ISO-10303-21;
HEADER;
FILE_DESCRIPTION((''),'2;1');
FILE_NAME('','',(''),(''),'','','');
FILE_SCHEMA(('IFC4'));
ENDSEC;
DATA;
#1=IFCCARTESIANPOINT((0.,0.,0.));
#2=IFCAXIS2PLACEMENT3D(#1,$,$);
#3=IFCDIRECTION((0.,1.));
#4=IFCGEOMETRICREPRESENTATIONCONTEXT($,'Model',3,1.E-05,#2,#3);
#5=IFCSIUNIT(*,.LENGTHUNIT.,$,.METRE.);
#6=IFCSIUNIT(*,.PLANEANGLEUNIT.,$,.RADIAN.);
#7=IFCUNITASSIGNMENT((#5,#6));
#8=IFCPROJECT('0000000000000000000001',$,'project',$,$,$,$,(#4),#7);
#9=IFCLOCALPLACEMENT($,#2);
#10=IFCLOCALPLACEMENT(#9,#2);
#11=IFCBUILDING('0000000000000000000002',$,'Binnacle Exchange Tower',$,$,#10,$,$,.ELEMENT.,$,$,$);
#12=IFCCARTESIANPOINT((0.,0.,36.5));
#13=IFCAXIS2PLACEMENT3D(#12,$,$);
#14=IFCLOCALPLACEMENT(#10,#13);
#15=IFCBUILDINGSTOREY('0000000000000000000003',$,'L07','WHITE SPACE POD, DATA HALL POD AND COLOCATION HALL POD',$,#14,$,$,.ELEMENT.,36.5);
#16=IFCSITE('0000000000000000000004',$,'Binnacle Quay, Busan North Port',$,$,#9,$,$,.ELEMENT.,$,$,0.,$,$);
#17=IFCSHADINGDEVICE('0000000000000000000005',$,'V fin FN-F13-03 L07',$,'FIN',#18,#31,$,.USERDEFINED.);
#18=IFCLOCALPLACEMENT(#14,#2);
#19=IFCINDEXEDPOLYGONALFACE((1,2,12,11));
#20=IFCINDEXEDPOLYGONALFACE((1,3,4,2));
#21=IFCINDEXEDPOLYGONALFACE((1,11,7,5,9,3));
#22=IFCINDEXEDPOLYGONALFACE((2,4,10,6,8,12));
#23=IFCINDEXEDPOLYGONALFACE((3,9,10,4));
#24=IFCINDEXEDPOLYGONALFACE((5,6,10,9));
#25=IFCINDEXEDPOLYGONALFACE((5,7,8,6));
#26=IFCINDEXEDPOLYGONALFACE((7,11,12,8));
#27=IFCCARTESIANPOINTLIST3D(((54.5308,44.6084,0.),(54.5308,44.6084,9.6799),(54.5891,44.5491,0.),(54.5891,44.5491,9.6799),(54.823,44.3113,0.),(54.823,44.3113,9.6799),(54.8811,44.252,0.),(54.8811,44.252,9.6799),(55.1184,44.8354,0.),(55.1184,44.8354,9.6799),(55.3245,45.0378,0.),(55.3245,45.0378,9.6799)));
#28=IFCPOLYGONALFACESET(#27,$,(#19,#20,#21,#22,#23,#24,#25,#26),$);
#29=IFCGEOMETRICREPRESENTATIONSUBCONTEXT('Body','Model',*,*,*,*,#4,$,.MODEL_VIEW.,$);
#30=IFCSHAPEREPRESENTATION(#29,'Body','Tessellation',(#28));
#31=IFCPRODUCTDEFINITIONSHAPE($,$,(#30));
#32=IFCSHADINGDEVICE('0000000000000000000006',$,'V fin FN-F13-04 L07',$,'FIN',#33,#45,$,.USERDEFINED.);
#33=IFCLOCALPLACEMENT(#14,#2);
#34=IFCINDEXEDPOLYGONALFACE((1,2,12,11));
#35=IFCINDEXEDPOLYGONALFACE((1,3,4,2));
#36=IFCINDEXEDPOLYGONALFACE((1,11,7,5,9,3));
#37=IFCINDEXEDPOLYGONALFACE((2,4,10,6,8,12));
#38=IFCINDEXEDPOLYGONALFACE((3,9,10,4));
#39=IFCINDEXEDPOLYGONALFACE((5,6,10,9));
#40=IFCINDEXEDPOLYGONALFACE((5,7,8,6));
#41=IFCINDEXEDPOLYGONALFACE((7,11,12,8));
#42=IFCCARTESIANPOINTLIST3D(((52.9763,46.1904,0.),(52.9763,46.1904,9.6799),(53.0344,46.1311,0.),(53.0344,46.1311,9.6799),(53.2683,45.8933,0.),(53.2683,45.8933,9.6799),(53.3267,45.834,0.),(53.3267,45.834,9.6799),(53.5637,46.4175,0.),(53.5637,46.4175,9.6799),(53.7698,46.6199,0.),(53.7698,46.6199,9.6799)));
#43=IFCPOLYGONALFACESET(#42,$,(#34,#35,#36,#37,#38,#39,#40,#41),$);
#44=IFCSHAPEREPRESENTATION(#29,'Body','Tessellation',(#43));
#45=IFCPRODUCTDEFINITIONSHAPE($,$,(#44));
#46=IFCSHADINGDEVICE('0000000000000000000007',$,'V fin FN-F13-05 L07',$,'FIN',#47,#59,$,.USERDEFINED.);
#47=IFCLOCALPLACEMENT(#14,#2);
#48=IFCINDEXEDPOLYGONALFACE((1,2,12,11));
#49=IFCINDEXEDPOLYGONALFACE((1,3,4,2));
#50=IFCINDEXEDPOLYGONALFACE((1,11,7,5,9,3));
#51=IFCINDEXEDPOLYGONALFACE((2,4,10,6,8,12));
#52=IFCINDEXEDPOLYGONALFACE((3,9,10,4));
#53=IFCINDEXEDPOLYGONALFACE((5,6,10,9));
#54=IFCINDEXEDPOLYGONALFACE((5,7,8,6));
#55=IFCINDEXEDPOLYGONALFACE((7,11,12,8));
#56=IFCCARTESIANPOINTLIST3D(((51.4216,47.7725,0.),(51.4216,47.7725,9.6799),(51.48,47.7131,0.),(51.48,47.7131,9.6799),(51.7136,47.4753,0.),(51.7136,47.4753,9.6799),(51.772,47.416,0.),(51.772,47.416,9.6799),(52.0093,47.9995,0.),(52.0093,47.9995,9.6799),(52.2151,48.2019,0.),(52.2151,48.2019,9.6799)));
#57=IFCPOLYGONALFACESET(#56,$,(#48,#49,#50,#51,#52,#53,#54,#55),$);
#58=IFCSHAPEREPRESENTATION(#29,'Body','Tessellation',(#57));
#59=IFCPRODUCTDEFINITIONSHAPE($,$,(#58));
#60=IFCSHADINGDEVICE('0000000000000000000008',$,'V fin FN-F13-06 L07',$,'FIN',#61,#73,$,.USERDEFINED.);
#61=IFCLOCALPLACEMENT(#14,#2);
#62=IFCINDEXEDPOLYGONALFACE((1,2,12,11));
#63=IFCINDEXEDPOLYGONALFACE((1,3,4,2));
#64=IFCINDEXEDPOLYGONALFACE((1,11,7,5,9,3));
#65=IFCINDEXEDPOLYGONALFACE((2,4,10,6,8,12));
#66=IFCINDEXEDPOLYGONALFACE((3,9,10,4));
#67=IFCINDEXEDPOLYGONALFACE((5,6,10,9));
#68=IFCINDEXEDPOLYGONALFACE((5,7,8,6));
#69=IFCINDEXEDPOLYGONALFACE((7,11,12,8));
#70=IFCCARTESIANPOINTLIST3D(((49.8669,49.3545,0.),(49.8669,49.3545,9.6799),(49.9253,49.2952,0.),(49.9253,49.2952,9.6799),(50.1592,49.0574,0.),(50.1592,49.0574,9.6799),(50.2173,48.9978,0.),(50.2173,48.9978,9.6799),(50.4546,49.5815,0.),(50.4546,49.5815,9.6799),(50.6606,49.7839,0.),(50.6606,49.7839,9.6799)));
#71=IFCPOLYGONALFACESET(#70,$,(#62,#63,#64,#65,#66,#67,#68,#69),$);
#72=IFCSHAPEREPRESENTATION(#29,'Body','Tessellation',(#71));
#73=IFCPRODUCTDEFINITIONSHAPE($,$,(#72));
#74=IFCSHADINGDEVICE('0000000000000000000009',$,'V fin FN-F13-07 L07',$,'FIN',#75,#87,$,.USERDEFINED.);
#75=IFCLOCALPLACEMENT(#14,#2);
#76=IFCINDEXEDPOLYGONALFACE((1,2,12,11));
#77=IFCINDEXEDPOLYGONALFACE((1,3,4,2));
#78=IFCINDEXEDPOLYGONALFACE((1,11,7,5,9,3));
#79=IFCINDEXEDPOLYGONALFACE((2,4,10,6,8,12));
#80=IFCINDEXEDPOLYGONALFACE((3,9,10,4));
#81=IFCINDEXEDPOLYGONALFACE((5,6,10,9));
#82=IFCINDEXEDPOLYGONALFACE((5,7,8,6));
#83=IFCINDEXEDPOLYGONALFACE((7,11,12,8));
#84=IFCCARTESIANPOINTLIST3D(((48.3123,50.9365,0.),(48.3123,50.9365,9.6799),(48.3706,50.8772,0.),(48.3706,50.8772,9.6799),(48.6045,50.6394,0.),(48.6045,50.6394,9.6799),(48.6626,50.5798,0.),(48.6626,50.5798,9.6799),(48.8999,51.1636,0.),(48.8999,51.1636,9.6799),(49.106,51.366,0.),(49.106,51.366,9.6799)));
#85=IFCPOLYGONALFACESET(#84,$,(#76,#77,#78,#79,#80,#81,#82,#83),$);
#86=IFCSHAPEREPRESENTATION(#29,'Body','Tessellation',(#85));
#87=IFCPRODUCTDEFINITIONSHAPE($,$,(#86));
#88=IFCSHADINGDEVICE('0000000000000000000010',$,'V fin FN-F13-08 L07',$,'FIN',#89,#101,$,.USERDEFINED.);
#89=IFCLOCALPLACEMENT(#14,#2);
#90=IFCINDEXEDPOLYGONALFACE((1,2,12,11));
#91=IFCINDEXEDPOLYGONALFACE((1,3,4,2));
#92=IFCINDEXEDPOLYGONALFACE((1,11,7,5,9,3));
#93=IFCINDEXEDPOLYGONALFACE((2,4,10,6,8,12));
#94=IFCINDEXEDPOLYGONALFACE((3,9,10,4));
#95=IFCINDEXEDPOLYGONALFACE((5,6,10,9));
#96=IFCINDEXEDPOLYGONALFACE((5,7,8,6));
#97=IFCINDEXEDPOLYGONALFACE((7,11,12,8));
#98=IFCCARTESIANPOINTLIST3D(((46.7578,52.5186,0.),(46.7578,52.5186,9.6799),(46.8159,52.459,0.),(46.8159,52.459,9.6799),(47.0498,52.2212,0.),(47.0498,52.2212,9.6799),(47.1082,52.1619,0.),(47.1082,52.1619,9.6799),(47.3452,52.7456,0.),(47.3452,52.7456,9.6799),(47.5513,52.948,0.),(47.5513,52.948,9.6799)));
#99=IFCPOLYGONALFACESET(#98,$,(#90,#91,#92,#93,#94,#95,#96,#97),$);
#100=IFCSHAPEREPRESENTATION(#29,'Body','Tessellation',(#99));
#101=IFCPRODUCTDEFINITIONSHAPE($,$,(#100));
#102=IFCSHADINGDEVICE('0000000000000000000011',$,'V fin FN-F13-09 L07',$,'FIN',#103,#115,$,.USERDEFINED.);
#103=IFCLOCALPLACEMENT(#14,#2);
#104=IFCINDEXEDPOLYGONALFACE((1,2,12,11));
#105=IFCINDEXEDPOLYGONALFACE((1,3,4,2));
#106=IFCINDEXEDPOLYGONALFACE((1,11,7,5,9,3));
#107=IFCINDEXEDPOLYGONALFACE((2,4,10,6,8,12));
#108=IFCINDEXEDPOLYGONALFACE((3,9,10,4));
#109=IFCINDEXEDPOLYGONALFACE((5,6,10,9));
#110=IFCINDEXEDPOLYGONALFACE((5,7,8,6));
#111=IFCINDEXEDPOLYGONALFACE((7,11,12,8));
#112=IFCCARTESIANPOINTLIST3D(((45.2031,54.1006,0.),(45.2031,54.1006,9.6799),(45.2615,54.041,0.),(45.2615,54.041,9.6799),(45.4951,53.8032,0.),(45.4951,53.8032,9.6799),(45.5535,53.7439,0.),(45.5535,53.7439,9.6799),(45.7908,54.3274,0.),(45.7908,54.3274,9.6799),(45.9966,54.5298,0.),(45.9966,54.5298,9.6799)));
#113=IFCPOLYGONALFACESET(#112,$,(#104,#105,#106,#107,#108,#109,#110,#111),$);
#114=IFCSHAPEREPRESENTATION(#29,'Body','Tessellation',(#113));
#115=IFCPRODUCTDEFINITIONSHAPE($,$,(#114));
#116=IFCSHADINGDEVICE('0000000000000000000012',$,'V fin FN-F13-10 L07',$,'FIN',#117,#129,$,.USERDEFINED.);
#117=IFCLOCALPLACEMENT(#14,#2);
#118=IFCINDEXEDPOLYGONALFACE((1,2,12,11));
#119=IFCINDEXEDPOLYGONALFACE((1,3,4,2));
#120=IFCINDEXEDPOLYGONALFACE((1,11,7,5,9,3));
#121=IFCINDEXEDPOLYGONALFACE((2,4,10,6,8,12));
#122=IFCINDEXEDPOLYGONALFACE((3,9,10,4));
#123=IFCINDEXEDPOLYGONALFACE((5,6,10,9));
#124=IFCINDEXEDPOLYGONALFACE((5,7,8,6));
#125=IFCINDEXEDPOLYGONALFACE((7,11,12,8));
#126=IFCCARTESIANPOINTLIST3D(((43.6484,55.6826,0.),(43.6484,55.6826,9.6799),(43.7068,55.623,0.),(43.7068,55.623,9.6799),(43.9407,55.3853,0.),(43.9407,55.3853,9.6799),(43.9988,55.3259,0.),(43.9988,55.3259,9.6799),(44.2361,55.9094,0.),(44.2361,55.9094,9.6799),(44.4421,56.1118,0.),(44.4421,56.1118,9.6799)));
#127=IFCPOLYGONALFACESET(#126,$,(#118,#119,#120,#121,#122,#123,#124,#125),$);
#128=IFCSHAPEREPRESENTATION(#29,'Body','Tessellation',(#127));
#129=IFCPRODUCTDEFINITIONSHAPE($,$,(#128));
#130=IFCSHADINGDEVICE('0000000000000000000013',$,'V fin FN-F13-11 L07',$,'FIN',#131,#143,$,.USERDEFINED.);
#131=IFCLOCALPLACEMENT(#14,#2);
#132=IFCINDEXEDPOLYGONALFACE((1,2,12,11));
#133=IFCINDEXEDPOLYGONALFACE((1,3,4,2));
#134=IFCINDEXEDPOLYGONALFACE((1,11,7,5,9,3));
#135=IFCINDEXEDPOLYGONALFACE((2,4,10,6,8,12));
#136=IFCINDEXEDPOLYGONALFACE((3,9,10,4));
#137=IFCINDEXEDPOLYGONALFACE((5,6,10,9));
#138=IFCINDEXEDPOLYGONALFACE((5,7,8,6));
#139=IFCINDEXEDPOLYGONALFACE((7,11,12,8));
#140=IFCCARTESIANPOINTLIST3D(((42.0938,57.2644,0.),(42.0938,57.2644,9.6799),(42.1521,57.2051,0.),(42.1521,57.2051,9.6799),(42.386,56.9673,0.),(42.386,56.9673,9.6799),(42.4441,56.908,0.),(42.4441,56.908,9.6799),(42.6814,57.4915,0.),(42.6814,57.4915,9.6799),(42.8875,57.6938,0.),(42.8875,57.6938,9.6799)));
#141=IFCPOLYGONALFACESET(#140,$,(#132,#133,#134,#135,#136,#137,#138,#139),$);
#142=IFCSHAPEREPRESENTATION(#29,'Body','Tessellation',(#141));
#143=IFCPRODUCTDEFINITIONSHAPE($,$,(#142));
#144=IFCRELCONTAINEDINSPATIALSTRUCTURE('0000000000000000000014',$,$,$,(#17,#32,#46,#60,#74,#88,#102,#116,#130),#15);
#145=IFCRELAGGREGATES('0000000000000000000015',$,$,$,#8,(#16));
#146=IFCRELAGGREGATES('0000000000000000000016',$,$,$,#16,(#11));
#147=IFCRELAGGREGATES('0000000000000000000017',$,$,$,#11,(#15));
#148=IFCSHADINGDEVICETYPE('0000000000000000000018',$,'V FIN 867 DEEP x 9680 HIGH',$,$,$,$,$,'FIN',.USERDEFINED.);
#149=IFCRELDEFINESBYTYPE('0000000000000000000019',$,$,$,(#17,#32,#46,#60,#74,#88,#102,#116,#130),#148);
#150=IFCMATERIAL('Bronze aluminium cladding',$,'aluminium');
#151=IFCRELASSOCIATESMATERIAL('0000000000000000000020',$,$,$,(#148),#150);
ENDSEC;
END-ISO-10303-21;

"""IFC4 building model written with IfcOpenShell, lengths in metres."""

from ifc_helpers import new_model, si_unit, direction, frame, origin, place, context, subcontext, project, spatial, polyline, outline, extrude, material, type_object, element, save


model = new_model("IFC4")

# Units and contexts
model_context = context("Model", 3, precision=1e-05, world=origin(), true_north=direction((0.0, 1.0)))
body_context = subcontext(model_context, "Body", "Model", "MODEL_VIEW")
ifc_project = project(units=[si_unit("LENGTHUNIT", "METRE"), si_unit("PLANEANGLEUNIT", "RADIAN")], contexts=[model_context])

# Site, building, storey
site_placement = place(None, origin())
site = spatial("IfcSite", under=ifc_project, at=site_placement, Name="Binnacle Quay, Busan North Port", CompositionType="ELEMENT", RefElevation=0.0)
building_placement = place(site_placement, origin())
building = spatial("IfcBuilding", under=site, at=building_placement, Name="Binnacle Exchange Tower", CompositionType="ELEMENT")
storey_placement = place(building_placement, frame((0.0, 0.0, 36.5)))
storey = spatial("IfcBuildingStorey", under=building, at=storey_placement, Name="L07", Description="WHITE SPACE POD, DATA HALL POD AND COLOCATION HALL POD", CompositionType="ELEMENT", Elevation=36.5)

# Shading devices
ifc_material_1 = material(Name="Bronze aluminium cladding", Category="aluminium")
shading_device_type = type_object("IfcShadingDeviceType", Name="V FIN 867 DEEP x 9680 HIGH", ElementType="FIN", PredefinedType="USERDEFINED", material=ifc_material_1)
shading_device_1_placement = place(storey_placement, origin())
element("IfcShadingDevice", 1, at=shading_device_1_placement, inside=storey, type_object=shading_device_type, Name="V fin FN-F13-03 L07", ObjectType="FIN", PredefinedType="USERDEFINED", context=body_context, shape_type="SweptSolid", body=[
    extrude(outline(polyline([(54.8811, 44.252), (55.3245, 45.0378), (54.5308, 44.6084), (54.5891, 44.5491), (55.1184, 44.8354), (54.823, 44.3113), (54.8811, 44.252)])), origin(), (0.0, 0.0, 1.0), 9.6799),
])
shading_device_2_placement = place(storey_placement, origin())
element("IfcShadingDevice", 2, at=shading_device_2_placement, inside=storey, type_object=shading_device_type, Name="V fin FN-F13-04 L07", ObjectType="FIN", PredefinedType="USERDEFINED", context=body_context, shape_type="SweptSolid", body=[
    extrude(outline(polyline([(53.3267, 45.834), (53.7698, 46.6199), (52.9763, 46.1904), (53.0344, 46.1311), (53.5637, 46.4175), (53.2683, 45.8933), (53.3267, 45.834)])), origin(), (0.0, 0.0, 1.0), 9.6799),
])
shading_device_3_placement = place(storey_placement, origin())
element("IfcShadingDevice", 3, at=shading_device_3_placement, inside=storey, type_object=shading_device_type, Name="V fin FN-F13-05 L07", ObjectType="FIN", PredefinedType="USERDEFINED", context=body_context, shape_type="SweptSolid", body=[
    extrude(outline(polyline([(51.772, 47.416), (52.2151, 48.2019), (51.4216, 47.7725), (51.48, 47.7131), (52.0093, 47.9995), (51.7136, 47.4753), (51.772, 47.416)])), origin(), (0.0, 0.0, 1.0), 9.6799),
])
shading_device_4_placement = place(storey_placement, origin())
element("IfcShadingDevice", 4, at=shading_device_4_placement, inside=storey, type_object=shading_device_type, Name="V fin FN-F13-06 L07", ObjectType="FIN", PredefinedType="USERDEFINED", context=body_context, shape_type="SweptSolid", body=[
    extrude(outline(polyline([(50.2173, 48.9978), (50.6606, 49.7839), (49.8669, 49.3545), (49.9253, 49.2952), (50.4546, 49.5815), (50.1592, 49.0574), (50.2173, 48.9978)])), origin(), (0.0, 0.0, 1.0), 9.6799),
])
shading_device_5_placement = place(storey_placement, origin())
element("IfcShadingDevice", 5, at=shading_device_5_placement, inside=storey, type_object=shading_device_type, Name="V fin FN-F13-07 L07", ObjectType="FIN", PredefinedType="USERDEFINED", context=body_context, shape_type="SweptSolid", body=[
    extrude(outline(polyline([(48.6626, 50.5798), (49.106, 51.366), (48.3123, 50.9365), (48.3706, 50.8772), (48.8999, 51.1636), (48.6045, 50.6394), (48.6626, 50.5798)])), origin(), (0.0, 0.0, 1.0), 9.6799),
])
shading_device_6_placement = place(storey_placement, origin())
element("IfcShadingDevice", 6, at=shading_device_6_placement, inside=storey, type_object=shading_device_type, Name="V fin FN-F13-08 L07", ObjectType="FIN", PredefinedType="USERDEFINED", context=body_context, shape_type="SweptSolid", body=[
    extrude(outline(polyline([(47.1082, 52.1619), (47.5513, 52.948), (46.7578, 52.5186), (46.8159, 52.459), (47.3452, 52.7456), (47.0498, 52.2212), (47.1082, 52.1619)])), origin(), (0.0, 0.0, 1.0), 9.6799),
])
shading_device_7_placement = place(storey_placement, origin())
element("IfcShadingDevice", 7, at=shading_device_7_placement, inside=storey, type_object=shading_device_type, Name="V fin FN-F13-09 L07", ObjectType="FIN", PredefinedType="USERDEFINED", context=body_context, shape_type="SweptSolid", body=[
    extrude(outline(polyline([(45.5535, 53.7439), (45.9966, 54.5298), (45.2031, 54.1006), (45.2615, 54.041), (45.7908, 54.3274), (45.4951, 53.8032), (45.5535, 53.7439)])), origin(), (0.0, 0.0, 1.0), 9.6799),
])
shading_device_8_placement = place(storey_placement, origin())
element("IfcShadingDevice", 8, at=shading_device_8_placement, inside=storey, type_object=shading_device_type, Name="V fin FN-F13-10 L07", ObjectType="FIN", PredefinedType="USERDEFINED", context=body_context, shape_type="SweptSolid", body=[
    extrude(outline(polyline([(43.9988, 55.3259), (44.4421, 56.1118), (43.6484, 55.6826), (43.7068, 55.623), (44.2361, 55.9094), (43.9407, 55.3853), (43.9988, 55.3259)])), origin(), (0.0, 0.0, 1.0), 9.6799),
])
shading_device_9_placement = place(storey_placement, origin())
element("IfcShadingDevice", 9, at=shading_device_9_placement, inside=storey, type_object=shading_device_type, Name="V fin FN-F13-11 L07", ObjectType="FIN", PredefinedType="USERDEFINED", context=body_context, shape_type="SweptSolid", body=[
    extrude(outline(polyline([(42.4441, 56.908), (42.8875, 57.6938), (42.0938, 57.2644), (42.1521, 57.2051), (42.6814, 57.4915), (42.386, 56.9673), (42.4441, 56.908)])), origin(), (0.0, 0.0, 1.0), 9.6799),
])

save(model, "model.ifc")
